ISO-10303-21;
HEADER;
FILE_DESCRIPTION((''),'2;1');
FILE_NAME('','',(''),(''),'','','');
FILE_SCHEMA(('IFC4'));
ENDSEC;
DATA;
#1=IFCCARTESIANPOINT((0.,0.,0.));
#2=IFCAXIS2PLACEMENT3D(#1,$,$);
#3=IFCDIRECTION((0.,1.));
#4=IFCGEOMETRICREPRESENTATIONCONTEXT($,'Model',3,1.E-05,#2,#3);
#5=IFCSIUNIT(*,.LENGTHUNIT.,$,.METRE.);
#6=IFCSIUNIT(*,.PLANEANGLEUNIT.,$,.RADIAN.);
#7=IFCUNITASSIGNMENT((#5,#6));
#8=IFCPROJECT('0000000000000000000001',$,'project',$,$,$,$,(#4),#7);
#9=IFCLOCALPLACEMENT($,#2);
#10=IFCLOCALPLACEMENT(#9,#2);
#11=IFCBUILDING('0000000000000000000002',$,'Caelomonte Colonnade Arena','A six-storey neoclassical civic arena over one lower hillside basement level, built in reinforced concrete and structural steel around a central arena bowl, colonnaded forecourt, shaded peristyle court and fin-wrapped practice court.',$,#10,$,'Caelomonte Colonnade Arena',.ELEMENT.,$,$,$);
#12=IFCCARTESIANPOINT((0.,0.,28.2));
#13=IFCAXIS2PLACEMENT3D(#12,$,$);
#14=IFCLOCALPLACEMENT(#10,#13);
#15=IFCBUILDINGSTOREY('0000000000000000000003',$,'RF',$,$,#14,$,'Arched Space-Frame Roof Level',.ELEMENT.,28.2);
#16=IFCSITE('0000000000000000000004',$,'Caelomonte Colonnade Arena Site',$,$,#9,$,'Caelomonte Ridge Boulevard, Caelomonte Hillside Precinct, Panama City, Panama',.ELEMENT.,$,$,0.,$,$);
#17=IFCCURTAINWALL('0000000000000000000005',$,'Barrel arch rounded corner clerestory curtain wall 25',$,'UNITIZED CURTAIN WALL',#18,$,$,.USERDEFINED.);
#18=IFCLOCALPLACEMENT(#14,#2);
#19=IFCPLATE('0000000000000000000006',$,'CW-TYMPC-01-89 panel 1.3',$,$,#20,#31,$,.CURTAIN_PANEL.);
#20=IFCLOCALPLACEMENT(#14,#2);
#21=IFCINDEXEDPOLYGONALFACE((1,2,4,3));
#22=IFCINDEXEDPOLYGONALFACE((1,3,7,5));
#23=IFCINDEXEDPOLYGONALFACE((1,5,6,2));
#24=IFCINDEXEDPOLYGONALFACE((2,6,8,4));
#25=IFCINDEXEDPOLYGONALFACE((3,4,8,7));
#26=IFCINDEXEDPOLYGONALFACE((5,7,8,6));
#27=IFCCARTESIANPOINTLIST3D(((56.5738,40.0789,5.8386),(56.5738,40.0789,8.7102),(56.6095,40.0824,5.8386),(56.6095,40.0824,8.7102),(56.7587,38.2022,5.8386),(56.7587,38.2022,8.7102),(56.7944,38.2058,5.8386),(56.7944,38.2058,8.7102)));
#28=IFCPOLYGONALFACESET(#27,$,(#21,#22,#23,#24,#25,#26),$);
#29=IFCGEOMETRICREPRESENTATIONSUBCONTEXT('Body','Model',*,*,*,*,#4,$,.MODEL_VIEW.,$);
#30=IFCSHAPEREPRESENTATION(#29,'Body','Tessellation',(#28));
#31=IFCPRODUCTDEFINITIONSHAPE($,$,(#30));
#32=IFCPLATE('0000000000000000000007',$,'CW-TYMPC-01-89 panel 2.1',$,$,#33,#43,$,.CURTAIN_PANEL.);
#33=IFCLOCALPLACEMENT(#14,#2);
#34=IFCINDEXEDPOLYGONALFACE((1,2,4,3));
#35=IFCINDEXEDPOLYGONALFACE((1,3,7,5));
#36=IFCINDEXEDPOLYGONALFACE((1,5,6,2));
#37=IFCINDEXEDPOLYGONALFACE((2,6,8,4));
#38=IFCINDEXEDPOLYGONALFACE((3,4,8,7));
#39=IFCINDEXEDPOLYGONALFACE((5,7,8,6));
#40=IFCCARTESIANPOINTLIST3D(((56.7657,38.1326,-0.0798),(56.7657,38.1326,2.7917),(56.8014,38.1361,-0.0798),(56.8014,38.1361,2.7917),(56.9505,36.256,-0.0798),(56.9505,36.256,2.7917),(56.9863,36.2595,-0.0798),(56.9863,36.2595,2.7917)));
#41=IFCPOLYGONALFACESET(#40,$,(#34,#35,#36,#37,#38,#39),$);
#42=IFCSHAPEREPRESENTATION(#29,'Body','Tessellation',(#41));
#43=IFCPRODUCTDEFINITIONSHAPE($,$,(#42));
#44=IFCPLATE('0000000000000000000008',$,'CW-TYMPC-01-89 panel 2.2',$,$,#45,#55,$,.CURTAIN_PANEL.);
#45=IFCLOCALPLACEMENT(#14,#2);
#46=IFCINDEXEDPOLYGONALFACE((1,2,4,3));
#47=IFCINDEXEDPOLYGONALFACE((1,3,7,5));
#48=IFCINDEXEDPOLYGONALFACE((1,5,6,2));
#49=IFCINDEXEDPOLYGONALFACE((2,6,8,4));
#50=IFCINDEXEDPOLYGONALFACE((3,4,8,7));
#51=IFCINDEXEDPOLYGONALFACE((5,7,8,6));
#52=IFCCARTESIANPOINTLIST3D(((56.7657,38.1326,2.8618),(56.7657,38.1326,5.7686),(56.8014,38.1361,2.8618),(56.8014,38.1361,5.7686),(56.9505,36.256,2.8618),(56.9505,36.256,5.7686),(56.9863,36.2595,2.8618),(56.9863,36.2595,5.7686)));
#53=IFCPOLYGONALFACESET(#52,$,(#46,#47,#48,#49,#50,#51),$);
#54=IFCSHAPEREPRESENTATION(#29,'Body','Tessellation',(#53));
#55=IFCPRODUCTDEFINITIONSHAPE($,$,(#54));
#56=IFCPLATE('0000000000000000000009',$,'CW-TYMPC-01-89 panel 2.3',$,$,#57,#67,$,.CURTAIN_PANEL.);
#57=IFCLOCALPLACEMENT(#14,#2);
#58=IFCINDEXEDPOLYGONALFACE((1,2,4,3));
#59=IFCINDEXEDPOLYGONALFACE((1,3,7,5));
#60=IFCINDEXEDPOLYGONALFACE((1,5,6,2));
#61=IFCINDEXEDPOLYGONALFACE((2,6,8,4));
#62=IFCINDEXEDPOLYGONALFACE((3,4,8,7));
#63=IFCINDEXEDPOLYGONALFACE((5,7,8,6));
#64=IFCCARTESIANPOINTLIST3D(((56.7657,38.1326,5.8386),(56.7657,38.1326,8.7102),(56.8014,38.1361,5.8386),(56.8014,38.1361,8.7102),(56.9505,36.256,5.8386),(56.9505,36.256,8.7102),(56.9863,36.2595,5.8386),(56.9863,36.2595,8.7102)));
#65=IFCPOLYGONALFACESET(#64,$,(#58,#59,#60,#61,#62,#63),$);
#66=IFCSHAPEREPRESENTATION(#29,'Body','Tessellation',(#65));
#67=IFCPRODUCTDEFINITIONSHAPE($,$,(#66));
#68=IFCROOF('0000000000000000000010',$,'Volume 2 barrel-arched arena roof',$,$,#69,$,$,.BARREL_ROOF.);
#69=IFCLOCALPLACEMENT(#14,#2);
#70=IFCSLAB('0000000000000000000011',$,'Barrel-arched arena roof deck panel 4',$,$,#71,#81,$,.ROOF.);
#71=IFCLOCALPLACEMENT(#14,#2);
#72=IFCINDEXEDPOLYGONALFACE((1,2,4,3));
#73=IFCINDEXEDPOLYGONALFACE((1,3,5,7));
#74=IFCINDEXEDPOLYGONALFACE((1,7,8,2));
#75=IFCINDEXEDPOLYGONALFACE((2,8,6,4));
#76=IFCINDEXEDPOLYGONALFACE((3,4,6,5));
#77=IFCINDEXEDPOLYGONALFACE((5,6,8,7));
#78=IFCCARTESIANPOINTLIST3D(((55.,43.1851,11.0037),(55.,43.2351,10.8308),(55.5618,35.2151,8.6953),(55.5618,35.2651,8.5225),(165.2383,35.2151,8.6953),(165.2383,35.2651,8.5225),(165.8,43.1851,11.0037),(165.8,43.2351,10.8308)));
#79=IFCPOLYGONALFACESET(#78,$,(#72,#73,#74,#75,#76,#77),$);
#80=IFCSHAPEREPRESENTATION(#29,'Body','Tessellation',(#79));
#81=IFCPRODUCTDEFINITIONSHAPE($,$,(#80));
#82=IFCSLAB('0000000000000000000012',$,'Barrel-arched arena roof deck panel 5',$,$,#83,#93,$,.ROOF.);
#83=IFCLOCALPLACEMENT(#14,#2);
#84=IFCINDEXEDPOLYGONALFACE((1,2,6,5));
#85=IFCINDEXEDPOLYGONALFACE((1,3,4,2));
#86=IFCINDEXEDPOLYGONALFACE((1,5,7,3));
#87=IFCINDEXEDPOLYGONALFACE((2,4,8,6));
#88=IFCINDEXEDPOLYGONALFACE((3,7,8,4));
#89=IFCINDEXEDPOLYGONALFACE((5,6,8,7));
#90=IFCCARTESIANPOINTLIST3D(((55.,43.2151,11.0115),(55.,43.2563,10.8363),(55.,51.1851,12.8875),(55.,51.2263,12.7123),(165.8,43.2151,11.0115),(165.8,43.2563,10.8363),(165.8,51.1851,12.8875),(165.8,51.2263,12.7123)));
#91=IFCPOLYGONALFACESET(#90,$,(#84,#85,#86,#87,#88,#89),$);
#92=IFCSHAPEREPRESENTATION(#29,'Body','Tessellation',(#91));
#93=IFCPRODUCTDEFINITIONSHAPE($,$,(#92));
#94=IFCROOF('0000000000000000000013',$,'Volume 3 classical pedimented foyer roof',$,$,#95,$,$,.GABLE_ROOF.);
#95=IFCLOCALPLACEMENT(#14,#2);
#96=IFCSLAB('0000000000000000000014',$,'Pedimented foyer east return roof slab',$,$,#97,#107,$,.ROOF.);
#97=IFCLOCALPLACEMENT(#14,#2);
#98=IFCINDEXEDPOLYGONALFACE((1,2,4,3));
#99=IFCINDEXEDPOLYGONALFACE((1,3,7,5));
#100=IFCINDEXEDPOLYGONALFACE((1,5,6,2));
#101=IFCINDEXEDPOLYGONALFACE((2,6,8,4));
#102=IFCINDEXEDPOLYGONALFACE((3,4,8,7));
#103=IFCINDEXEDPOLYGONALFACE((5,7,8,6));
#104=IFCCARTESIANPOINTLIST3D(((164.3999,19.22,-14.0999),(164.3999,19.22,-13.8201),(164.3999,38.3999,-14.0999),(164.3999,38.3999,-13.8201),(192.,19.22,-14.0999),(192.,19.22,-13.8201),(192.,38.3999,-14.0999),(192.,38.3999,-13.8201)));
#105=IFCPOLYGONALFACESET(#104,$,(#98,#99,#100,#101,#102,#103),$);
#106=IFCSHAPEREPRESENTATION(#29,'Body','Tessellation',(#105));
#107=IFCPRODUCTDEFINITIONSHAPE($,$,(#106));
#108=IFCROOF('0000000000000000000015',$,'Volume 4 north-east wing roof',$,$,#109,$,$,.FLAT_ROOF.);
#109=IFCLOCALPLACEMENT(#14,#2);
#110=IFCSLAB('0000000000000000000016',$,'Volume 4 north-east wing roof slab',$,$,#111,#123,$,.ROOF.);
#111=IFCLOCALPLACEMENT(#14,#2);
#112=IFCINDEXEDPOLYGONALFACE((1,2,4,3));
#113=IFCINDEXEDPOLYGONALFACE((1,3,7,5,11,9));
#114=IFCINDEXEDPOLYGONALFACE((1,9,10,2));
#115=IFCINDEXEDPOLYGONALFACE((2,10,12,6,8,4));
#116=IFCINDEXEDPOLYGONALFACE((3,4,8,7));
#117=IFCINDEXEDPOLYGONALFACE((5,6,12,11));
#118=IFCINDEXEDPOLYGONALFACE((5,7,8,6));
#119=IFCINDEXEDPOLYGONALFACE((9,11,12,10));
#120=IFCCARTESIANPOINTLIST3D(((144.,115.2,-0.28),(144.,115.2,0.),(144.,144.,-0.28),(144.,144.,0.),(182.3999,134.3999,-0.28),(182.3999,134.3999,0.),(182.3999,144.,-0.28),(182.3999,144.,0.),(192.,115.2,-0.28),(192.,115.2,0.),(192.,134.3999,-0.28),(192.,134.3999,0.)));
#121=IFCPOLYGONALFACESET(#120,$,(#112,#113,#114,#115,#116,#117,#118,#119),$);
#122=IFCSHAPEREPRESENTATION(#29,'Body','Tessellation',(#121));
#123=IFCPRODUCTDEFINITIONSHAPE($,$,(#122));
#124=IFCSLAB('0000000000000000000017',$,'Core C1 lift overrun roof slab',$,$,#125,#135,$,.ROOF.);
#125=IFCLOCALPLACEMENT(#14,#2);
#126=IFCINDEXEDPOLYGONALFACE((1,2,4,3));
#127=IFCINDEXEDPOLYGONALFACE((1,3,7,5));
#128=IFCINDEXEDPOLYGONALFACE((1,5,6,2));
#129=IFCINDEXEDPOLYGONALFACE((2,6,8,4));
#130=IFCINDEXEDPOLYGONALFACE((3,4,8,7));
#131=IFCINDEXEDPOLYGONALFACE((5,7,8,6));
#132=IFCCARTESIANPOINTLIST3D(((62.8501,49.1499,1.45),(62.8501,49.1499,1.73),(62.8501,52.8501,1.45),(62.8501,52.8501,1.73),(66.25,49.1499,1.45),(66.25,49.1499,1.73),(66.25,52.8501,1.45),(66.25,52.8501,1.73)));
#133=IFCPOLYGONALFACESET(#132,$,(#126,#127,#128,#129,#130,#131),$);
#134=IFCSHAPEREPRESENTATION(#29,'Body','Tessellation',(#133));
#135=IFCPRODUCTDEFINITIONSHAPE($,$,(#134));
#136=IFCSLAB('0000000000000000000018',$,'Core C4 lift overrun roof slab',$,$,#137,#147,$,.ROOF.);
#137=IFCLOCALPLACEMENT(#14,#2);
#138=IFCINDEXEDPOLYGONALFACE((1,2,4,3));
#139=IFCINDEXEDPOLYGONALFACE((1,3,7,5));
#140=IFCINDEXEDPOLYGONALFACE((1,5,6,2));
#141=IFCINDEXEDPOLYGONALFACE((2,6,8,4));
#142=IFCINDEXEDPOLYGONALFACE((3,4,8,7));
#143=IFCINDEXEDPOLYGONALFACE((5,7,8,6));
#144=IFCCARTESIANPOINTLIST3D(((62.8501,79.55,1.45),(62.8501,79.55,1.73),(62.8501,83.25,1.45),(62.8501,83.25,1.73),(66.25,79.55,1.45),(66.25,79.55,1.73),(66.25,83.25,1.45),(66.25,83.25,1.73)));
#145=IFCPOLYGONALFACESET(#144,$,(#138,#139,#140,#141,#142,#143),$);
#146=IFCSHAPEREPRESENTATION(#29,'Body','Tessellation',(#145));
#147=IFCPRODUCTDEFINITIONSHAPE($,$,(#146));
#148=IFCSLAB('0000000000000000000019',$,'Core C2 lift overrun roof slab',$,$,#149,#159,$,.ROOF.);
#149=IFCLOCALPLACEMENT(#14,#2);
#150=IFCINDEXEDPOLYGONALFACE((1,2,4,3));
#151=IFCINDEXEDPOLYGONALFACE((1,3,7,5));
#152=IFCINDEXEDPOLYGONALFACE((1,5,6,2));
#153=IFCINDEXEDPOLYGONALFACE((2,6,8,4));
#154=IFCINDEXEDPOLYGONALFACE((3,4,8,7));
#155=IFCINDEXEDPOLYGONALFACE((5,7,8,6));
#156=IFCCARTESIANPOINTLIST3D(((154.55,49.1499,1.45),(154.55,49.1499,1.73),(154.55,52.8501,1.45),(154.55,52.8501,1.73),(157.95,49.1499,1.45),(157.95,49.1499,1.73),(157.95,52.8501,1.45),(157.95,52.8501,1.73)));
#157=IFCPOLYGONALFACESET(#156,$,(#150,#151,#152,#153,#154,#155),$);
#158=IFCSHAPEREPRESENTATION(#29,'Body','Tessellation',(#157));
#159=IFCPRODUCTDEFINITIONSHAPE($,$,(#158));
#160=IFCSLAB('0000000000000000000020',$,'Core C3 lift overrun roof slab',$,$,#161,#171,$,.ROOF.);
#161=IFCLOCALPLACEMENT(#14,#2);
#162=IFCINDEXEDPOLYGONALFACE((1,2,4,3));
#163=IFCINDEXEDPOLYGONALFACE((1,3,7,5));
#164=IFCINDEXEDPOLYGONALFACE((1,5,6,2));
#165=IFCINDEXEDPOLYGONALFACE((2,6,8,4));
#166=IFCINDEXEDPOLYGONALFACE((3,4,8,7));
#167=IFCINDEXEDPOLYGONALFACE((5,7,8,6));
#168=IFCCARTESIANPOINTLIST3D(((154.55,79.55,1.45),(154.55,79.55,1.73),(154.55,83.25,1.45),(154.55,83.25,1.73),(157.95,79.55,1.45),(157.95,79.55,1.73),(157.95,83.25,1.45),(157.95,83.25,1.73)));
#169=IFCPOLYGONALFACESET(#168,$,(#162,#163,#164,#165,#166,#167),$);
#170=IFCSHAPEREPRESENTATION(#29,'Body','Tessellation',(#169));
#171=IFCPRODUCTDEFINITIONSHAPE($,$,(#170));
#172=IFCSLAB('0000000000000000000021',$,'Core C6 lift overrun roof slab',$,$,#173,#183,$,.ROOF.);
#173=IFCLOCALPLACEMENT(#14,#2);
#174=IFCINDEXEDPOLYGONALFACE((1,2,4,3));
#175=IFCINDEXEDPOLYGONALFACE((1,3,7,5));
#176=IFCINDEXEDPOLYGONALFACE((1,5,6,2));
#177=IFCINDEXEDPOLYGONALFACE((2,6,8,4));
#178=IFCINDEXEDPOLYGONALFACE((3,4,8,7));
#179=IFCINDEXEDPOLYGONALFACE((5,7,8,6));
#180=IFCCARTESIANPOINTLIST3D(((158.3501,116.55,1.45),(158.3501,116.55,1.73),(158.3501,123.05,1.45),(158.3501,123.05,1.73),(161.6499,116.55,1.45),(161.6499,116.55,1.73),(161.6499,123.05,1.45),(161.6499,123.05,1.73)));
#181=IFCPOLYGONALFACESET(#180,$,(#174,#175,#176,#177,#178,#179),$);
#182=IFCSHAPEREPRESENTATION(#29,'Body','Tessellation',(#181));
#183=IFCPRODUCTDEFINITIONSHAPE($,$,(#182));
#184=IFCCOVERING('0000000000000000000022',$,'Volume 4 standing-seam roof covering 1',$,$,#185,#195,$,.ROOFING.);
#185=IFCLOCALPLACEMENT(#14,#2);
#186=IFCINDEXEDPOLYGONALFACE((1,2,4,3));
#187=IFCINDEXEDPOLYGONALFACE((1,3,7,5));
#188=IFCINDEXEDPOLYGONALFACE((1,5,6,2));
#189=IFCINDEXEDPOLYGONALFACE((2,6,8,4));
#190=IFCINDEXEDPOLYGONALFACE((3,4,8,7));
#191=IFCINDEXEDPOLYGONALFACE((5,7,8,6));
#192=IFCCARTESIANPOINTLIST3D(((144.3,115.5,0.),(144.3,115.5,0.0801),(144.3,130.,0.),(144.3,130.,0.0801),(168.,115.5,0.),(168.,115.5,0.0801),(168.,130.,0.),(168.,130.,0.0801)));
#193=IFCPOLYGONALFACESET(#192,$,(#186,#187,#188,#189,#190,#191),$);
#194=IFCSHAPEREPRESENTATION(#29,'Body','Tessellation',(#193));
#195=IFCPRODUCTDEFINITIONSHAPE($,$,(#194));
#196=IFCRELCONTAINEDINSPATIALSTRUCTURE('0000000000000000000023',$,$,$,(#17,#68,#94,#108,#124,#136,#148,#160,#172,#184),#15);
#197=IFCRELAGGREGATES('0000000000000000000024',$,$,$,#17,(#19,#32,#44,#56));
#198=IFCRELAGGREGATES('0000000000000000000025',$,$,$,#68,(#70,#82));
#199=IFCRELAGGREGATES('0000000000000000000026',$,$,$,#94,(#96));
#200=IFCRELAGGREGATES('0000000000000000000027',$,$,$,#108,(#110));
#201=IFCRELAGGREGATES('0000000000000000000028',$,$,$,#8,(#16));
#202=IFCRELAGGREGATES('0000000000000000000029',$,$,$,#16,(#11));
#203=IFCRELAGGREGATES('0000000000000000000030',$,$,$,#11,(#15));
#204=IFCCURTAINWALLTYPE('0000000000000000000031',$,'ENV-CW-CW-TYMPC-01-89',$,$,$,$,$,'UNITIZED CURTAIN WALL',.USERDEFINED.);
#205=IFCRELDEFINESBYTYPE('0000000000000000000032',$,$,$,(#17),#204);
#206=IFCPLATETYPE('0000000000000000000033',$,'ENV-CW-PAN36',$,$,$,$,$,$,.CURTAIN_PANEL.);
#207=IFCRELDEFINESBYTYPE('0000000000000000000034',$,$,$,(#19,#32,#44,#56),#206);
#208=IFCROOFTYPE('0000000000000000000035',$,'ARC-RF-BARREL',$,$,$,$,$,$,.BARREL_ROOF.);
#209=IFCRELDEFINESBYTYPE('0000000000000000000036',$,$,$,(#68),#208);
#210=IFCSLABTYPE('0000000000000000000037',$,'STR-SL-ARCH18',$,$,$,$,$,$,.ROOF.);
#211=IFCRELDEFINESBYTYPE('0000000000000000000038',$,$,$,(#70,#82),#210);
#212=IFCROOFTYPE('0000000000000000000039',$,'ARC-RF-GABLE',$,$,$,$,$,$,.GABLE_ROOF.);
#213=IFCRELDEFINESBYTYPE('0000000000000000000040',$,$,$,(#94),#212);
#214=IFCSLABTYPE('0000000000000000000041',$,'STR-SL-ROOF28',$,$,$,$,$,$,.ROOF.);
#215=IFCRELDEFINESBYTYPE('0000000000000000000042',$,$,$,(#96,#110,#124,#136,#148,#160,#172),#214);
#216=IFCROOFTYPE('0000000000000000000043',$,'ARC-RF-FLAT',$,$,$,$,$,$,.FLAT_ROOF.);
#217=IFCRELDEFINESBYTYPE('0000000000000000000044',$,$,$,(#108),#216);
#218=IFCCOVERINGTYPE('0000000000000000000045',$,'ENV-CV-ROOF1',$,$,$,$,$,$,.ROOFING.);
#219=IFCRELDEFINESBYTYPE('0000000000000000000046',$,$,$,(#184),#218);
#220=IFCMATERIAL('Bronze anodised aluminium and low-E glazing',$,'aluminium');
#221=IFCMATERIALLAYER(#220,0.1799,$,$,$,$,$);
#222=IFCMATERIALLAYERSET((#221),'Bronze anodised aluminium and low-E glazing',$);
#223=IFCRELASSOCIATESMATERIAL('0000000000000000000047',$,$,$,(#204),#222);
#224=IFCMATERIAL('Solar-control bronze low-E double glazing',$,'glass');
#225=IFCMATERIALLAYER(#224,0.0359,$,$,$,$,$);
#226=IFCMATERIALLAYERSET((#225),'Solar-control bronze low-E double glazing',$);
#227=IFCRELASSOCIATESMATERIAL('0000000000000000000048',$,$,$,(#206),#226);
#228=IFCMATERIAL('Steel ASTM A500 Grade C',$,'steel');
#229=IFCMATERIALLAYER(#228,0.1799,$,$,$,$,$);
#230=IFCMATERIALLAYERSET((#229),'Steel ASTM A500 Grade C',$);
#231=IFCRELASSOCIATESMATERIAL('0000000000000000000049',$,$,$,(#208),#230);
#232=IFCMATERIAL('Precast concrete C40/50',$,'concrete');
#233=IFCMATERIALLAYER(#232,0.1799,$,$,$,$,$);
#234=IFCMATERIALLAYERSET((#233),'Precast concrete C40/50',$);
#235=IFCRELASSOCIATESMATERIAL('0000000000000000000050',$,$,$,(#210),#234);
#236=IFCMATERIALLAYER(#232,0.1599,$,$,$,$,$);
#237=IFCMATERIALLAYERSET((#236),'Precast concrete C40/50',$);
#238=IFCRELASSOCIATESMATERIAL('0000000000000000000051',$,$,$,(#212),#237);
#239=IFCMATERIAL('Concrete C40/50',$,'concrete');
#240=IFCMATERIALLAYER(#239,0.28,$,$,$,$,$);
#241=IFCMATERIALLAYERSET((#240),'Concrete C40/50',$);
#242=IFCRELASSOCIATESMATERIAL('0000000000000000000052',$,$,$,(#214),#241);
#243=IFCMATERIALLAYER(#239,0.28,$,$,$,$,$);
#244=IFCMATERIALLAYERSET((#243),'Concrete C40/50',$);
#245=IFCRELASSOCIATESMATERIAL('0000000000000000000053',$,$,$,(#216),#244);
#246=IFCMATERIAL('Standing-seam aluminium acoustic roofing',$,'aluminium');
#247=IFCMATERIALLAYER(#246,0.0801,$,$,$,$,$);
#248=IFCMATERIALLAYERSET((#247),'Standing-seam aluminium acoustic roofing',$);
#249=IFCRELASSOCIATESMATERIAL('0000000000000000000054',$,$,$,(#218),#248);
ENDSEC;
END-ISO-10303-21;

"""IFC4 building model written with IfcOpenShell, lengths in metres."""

from ifc_helpers import new_model, si_unit, direction, frame, origin, origin_2d, place, context, subcontext, project, spatial, polyline, rectangle, outline, extrude, material, layer, layer_set, type_object, element, aggregate, save


model = new_model("IFC4")

# Units and contexts
model_context = context("Model", 3, precision=1e-05, world=origin(), true_north=direction((0.0, 1.0)))
body_context = subcontext(model_context, "Body", "Model", "MODEL_VIEW")
ifc_project = project(units=[si_unit("LENGTHUNIT", "METRE"), si_unit("PLANEANGLEUNIT", "RADIAN")], contexts=[model_context])

# Site, building, storey
site_placement = place(None, origin())
site = spatial("IfcSite", under=ifc_project, at=site_placement, Name="Caelomonte Colonnade Arena Site", LongName="Caelomonte Ridge Boulevard, Caelomonte Hillside Precinct, Panama City, Panama", CompositionType="ELEMENT", RefElevation=0.0)
building_placement = place(site_placement, origin())
building = spatial("IfcBuilding", under=site, at=building_placement, Name="Caelomonte Colonnade Arena", Description="A six-storey neoclassical civic arena over one lower hillside basement level, built in reinforced concrete and structural steel around a central arena bowl, colonnaded forecourt, shaded peristyle court and fin-wrapped practice court.", LongName="Caelomonte Colonnade Arena", CompositionType="ELEMENT")
storey_placement = place(building_placement, frame((0.0, 0.0, 28.2)))
storey = spatial("IfcBuildingStorey", under=building, at=storey_placement, Name="RF", LongName="Arched Space-Frame Roof Level", CompositionType="ELEMENT", Elevation=28.2)

# Curtain wall
ifc_material_1 = material(Name="Bronze anodised aluminium and low-E glazing", Category="aluminium")
ifc_layer_1 = layer(ifc_material_1, 0.1799)
ifc_layer_set_1 = layer_set([ifc_layer_1], Name="Bronze anodised aluminium and low-E glazing")
curtain_wall_type_1 = type_object("IfcCurtainWallType", Name="ENV-CW-CW-TYMPC-01-89", ElementType="UNITIZED CURTAIN WALL", PredefinedType="USERDEFINED", material=ifc_layer_set_1)
curtain_wall_1_placement = place(storey_placement, origin())
curtain_wall_1 = element("IfcCurtainWall", 1, at=curtain_wall_1_placement, inside=storey, type_object=curtain_wall_type_1, Name="Barrel arch rounded corner clerestory curtain wall 25", ObjectType="UNITIZED CURTAIN WALL", PredefinedType="USERDEFINED")

# Plates
ifc_material_2 = material(Name="Solar-control bronze low-E double glazing", Category="glass")
ifc_layer_2 = layer(ifc_material_2, 0.0359)
ifc_layer_set_2 = layer_set([ifc_layer_2], Name="Solar-control bronze low-E double glazing")
plate_type = type_object("IfcPlateType", Name="ENV-CW-PAN36", PredefinedType="CURTAIN_PANEL", material=ifc_layer_set_2)
plate_1_placement = place(storey_placement, frame((56.6841, 39.1423, 5.8386), z_axis=(0.0, 0.0, 1.0), x_axis=(0.098031, -0.995183, 0.0)))
plate_1 = element("IfcPlate", 2, at=plate_1_placement, type_object=plate_type, Name="CW-TYMPC-01-89 panel 1.3", PredefinedType="CURTAIN_PANEL", context=body_context, shape_type="SweptSolid", body=[
    extrude(rectangle(XDim=1.8857, YDim=0.0359, at=origin_2d()), origin(), (0.0, 0.0, 1.0), 2.8716),
])
plate_2_placement = place(storey_placement, frame((56.876, 37.196, -0.0798), z_axis=(0.0, 0.0, 1.0), x_axis=(0.098031, -0.995183, 0.0)))
plate_2 = element("IfcPlate", 3, at=plate_2_placement, type_object=plate_type, Name="CW-TYMPC-01-89 panel 2.1", PredefinedType="CURTAIN_PANEL", context=body_context, shape_type="SweptSolid", body=[
    extrude(rectangle(XDim=1.8857, YDim=0.0359, at=origin_2d()), origin(), (0.0, 0.0, 1.0), 2.8716),
])
plate_3_placement = place(storey_placement, frame((56.876, 37.196, 2.8618), z_axis=(0.0, 0.0, 1.0), x_axis=(0.098031, -0.995183, 0.0)))
plate_3 = element("IfcPlate", 4, at=plate_3_placement, type_object=plate_type, Name="CW-TYMPC-01-89 panel 2.2", PredefinedType="CURTAIN_PANEL", context=body_context, shape_type="SweptSolid", body=[
    extrude(rectangle(XDim=1.8857, YDim=0.0359, at=origin_2d()), origin(), (0.0, 0.0, 1.0), 2.9067),
])
plate_4_placement = place(storey_placement, frame((56.876, 37.196, 5.8386), z_axis=(0.0, 0.0, 1.0), x_axis=(0.098031, -0.995183, 0.0)))
plate_4 = element("IfcPlate", 5, at=plate_4_placement, type_object=plate_type, Name="CW-TYMPC-01-89 panel 2.3", PredefinedType="CURTAIN_PANEL", context=body_context, shape_type="SweptSolid", body=[
    extrude(rectangle(XDim=1.8857, YDim=0.0359, at=origin_2d()), origin(), (0.0, 0.0, 1.0), 2.8716),
])
aggregate(curtain_wall_1, [plate_1, plate_2, plate_3, plate_4])

# Roof, slabs
ifc_material_3 = material(Name="Steel ASTM A500 Grade C", Category="steel")
ifc_layer_3 = layer(ifc_material_3, 0.1799)
ifc_layer_set_3 = layer_set([ifc_layer_3], Name="Steel ASTM A500 Grade C")
roof_type_1 = type_object("IfcRoofType", Name="ARC-RF-BARREL", PredefinedType="BARREL_ROOF", material=ifc_layer_set_3)
roof_1_placement = place(storey_placement, origin())
roof_1 = element("IfcRoof", 6, at=roof_1_placement, inside=storey, type_object=roof_type_1, Name="Volume 2 barrel-arched arena roof", PredefinedType="BARREL_ROOF")
ifc_material_4 = material(Name="Precast concrete C40/50", Category="concrete")
ifc_layer_4 = layer(ifc_material_4, 0.1799)
ifc_layer_set_4 = layer_set([ifc_layer_4], Name="Precast concrete C40/50")
slab_type_1 = type_object("IfcSlabType", Name="STR-SL-ARCH18", PredefinedType="ROOF", material=ifc_layer_set_4)
slab_1_placement = place(storey_placement, frame((55.5618, 35.2151, 8.6953), z_axis=(0.0, -0.278197, 0.960524), x_axis=(1.0, 0.0, 0.0)))
slab_1 = element("IfcSlab", 7, at=slab_1_placement, type_object=slab_type_1, Name="Barrel-arched arena roof deck panel 4", PredefinedType="ROOF", context=body_context, shape_type="SweptSolid", body=[
    extrude(outline(polyline([(0.0, 0.0), (109.6765, 0.0), (110.2383, 8.2975), (-0.5618, 8.2975), (0.0, 0.0)])), origin(), (0.0, 0.0, -1.0), 0.1799),
])
slab_2_placement = place(storey_placement, frame((55.0, 43.2151, 11.0115), z_axis=(0.0, -0.229119, 0.973398), x_axis=(1.0, 0.0, 0.0)))
slab_2 = element("IfcSlab", 8, at=slab_2_placement, type_object=slab_type_1, Name="Barrel-arched arena roof deck panel 5", PredefinedType="ROOF", context=body_context, shape_type="SweptSolid", body=[
    extrude(outline(polyline([(0.0, 0.0), (110.8, 0.0), (110.8, 8.1878), (0.0, 8.1878), (0.0, 0.0)])), origin(), (0.0, 0.0, -1.0), 0.1799),
])
aggregate(roof_1, [slab_1, slab_2])

# Roofs, slabs
ifc_layer_5 = layer(ifc_material_4, 0.1599)
ifc_layer_set_5 = layer_set([ifc_layer_5], Name="Precast concrete C40/50")
roof_type_2 = type_object("IfcRoofType", Name="ARC-RF-GABLE", PredefinedType="GABLE_ROOF", material=ifc_layer_set_5)
roof_2_placement = place(storey_placement, origin())
roof_2 = element("IfcRoof", 9, at=roof_2_placement, inside=storey, type_object=roof_type_2, Name="Volume 3 classical pedimented foyer roof", PredefinedType="GABLE_ROOF")
ifc_material_5 = material(Name="Concrete C40/50", Category="concrete")
ifc_layer_6 = layer(ifc_material_5, 0.28)
ifc_layer_set_6 = layer_set([ifc_layer_6], Name="Concrete C40/50")
slab_type_2 = type_object("IfcSlabType", Name="STR-SL-ROOF28", PredefinedType="ROOF", material=ifc_layer_set_6)
slab_3_placement = place(storey_placement, frame((0.0, 0.0, -14.0999)))
slab_3 = element("IfcSlab", 10, at=slab_3_placement, type_object=slab_type_2, Name="Pedimented foyer east return roof slab", PredefinedType="ROOF", context=body_context, shape_type="SweptSolid", body=[
    extrude(outline(polyline([(164.3999, 19.22), (192.0, 19.22), (192.0, 38.3999), (164.3999, 38.3999), (164.3999, 19.22)])), origin(), (0.0, 0.0, 1.0), 0.2798),
])
aggregate(roof_2, [slab_3])
ifc_layer_7 = layer(ifc_material_5, 0.28)
ifc_layer_set_7 = layer_set([ifc_layer_7], Name="Concrete C40/50")
roof_type_3 = type_object("IfcRoofType", Name="ARC-RF-FLAT", PredefinedType="FLAT_ROOF", material=ifc_layer_set_7)
roof_3_placement = place(storey_placement, origin())
roof_3 = element("IfcRoof", 11, at=roof_3_placement, inside=storey, type_object=roof_type_3, Name="Volume 4 north-east wing roof", PredefinedType="FLAT_ROOF")
slab_4_placement = place(storey_placement, frame((0.0, 0.0, -0.28)))
slab_4 = element("IfcSlab", 12, at=slab_4_placement, type_object=slab_type_2, Name="Volume 4 north-east wing roof slab", PredefinedType="ROOF", context=body_context, shape_type="SweptSolid", body=[
    extrude(outline(polyline([(192.0, 115.2), (192.0, 134.3999), (182.3999, 134.3999), (182.3999, 144.0), (144.0, 144.0), (144.0, 115.2), (192.0, 115.2)])), origin(), (0.0, 0.0, 1.0), 0.28),
])
aggregate(roof_3, [slab_4])

# Slabs
slab_5_placement = place(storey_placement, frame((0.0, 0.0, 1.45)))
element("IfcSlab", 13, at=slab_5_placement, inside=storey, type_object=slab_type_2, Name="Core C1 lift overrun roof slab", PredefinedType="ROOF", context=body_context, shape_type="SweptSolid", body=[
    extrude(outline(polyline([(62.8501, 49.1499), (66.25, 49.1499), (66.25, 52.8501), (62.8501, 52.8501), (62.8501, 49.1499)])), origin(), (0.0, 0.0, 1.0), 0.28),
])
slab_6_placement = place(storey_placement, frame((0.0, 0.0, 1.45)))
element("IfcSlab", 14, at=slab_6_placement, inside=storey, type_object=slab_type_2, Name="Core C4 lift overrun roof slab", PredefinedType="ROOF", context=body_context, shape_type="SweptSolid", body=[
    extrude(outline(polyline([(62.8501, 79.55), (66.25, 79.55), (66.25, 83.25), (62.8501, 83.25), (62.8501, 79.55)])), origin(), (0.0, 0.0, 1.0), 0.28),
])
slab_7_placement = place(storey_placement, frame((0.0, 0.0, 1.45)))
element("IfcSlab", 15, at=slab_7_placement, inside=storey, type_object=slab_type_2, Name="Core C2 lift overrun roof slab", PredefinedType="ROOF", context=body_context, shape_type="SweptSolid", body=[
    extrude(outline(polyline([(154.55, 49.1499), (157.95, 49.1499), (157.95, 52.8501), (154.55, 52.8501), (154.55, 49.1499)])), origin(), (0.0, 0.0, 1.0), 0.28),
])
slab_8_placement = place(storey_placement, frame((0.0, 0.0, 1.45)))
element("IfcSlab", 16, at=slab_8_placement, inside=storey, type_object=slab_type_2, Name="Core C3 lift overrun roof slab", PredefinedType="ROOF", context=body_context, shape_type="SweptSolid", body=[
    extrude(outline(polyline([(154.55, 79.55), (157.95, 79.55), (157.95, 83.25), (154.55, 83.25), (154.55, 79.55)])), origin(), (0.0, 0.0, 1.0), 0.28),
])
slab_9_placement = place(storey_placement, frame((0.0, 0.0, 1.45)))
element("IfcSlab", 17, at=slab_9_placement, inside=storey, type_object=slab_type_2, Name="Core C6 lift overrun roof slab", PredefinedType="ROOF", context=body_context, shape_type="SweptSolid", body=[
    extrude(outline(polyline([(158.3501, 116.55), (161.6499, 116.55), (161.6499, 123.05), (158.3501, 123.05), (158.3501, 116.55)])), origin(), (0.0, 0.0, 1.0), 0.28),
])

# Covering
ifc_material_6 = material(Name="Standing-seam aluminium acoustic roofing", Category="aluminium")
ifc_layer_8 = layer(ifc_material_6, 0.0801)
ifc_layer_set_8 = layer_set([ifc_layer_8], Name="Standing-seam aluminium acoustic roofing")
covering_type = type_object("IfcCoveringType", Name="ENV-CV-ROOF1", PredefinedType="ROOFING", material=ifc_layer_set_8)
covering_1_placement = place(storey_placement, origin())
element("IfcCovering", 18, at=covering_1_placement, inside=storey, type_object=covering_type, Name="Volume 4 standing-seam roof covering 1", PredefinedType="ROOFING", context=body_context, shape_type="SweptSolid", body=[
    extrude(outline(polyline([(144.3, 115.5), (168.0, 115.5), (168.0, 130.0), (144.3, 130.0), (144.3, 115.5)])), origin(), (0.0, 0.0, 1.0), 0.0801),
])

save(model, "model.ifc")
